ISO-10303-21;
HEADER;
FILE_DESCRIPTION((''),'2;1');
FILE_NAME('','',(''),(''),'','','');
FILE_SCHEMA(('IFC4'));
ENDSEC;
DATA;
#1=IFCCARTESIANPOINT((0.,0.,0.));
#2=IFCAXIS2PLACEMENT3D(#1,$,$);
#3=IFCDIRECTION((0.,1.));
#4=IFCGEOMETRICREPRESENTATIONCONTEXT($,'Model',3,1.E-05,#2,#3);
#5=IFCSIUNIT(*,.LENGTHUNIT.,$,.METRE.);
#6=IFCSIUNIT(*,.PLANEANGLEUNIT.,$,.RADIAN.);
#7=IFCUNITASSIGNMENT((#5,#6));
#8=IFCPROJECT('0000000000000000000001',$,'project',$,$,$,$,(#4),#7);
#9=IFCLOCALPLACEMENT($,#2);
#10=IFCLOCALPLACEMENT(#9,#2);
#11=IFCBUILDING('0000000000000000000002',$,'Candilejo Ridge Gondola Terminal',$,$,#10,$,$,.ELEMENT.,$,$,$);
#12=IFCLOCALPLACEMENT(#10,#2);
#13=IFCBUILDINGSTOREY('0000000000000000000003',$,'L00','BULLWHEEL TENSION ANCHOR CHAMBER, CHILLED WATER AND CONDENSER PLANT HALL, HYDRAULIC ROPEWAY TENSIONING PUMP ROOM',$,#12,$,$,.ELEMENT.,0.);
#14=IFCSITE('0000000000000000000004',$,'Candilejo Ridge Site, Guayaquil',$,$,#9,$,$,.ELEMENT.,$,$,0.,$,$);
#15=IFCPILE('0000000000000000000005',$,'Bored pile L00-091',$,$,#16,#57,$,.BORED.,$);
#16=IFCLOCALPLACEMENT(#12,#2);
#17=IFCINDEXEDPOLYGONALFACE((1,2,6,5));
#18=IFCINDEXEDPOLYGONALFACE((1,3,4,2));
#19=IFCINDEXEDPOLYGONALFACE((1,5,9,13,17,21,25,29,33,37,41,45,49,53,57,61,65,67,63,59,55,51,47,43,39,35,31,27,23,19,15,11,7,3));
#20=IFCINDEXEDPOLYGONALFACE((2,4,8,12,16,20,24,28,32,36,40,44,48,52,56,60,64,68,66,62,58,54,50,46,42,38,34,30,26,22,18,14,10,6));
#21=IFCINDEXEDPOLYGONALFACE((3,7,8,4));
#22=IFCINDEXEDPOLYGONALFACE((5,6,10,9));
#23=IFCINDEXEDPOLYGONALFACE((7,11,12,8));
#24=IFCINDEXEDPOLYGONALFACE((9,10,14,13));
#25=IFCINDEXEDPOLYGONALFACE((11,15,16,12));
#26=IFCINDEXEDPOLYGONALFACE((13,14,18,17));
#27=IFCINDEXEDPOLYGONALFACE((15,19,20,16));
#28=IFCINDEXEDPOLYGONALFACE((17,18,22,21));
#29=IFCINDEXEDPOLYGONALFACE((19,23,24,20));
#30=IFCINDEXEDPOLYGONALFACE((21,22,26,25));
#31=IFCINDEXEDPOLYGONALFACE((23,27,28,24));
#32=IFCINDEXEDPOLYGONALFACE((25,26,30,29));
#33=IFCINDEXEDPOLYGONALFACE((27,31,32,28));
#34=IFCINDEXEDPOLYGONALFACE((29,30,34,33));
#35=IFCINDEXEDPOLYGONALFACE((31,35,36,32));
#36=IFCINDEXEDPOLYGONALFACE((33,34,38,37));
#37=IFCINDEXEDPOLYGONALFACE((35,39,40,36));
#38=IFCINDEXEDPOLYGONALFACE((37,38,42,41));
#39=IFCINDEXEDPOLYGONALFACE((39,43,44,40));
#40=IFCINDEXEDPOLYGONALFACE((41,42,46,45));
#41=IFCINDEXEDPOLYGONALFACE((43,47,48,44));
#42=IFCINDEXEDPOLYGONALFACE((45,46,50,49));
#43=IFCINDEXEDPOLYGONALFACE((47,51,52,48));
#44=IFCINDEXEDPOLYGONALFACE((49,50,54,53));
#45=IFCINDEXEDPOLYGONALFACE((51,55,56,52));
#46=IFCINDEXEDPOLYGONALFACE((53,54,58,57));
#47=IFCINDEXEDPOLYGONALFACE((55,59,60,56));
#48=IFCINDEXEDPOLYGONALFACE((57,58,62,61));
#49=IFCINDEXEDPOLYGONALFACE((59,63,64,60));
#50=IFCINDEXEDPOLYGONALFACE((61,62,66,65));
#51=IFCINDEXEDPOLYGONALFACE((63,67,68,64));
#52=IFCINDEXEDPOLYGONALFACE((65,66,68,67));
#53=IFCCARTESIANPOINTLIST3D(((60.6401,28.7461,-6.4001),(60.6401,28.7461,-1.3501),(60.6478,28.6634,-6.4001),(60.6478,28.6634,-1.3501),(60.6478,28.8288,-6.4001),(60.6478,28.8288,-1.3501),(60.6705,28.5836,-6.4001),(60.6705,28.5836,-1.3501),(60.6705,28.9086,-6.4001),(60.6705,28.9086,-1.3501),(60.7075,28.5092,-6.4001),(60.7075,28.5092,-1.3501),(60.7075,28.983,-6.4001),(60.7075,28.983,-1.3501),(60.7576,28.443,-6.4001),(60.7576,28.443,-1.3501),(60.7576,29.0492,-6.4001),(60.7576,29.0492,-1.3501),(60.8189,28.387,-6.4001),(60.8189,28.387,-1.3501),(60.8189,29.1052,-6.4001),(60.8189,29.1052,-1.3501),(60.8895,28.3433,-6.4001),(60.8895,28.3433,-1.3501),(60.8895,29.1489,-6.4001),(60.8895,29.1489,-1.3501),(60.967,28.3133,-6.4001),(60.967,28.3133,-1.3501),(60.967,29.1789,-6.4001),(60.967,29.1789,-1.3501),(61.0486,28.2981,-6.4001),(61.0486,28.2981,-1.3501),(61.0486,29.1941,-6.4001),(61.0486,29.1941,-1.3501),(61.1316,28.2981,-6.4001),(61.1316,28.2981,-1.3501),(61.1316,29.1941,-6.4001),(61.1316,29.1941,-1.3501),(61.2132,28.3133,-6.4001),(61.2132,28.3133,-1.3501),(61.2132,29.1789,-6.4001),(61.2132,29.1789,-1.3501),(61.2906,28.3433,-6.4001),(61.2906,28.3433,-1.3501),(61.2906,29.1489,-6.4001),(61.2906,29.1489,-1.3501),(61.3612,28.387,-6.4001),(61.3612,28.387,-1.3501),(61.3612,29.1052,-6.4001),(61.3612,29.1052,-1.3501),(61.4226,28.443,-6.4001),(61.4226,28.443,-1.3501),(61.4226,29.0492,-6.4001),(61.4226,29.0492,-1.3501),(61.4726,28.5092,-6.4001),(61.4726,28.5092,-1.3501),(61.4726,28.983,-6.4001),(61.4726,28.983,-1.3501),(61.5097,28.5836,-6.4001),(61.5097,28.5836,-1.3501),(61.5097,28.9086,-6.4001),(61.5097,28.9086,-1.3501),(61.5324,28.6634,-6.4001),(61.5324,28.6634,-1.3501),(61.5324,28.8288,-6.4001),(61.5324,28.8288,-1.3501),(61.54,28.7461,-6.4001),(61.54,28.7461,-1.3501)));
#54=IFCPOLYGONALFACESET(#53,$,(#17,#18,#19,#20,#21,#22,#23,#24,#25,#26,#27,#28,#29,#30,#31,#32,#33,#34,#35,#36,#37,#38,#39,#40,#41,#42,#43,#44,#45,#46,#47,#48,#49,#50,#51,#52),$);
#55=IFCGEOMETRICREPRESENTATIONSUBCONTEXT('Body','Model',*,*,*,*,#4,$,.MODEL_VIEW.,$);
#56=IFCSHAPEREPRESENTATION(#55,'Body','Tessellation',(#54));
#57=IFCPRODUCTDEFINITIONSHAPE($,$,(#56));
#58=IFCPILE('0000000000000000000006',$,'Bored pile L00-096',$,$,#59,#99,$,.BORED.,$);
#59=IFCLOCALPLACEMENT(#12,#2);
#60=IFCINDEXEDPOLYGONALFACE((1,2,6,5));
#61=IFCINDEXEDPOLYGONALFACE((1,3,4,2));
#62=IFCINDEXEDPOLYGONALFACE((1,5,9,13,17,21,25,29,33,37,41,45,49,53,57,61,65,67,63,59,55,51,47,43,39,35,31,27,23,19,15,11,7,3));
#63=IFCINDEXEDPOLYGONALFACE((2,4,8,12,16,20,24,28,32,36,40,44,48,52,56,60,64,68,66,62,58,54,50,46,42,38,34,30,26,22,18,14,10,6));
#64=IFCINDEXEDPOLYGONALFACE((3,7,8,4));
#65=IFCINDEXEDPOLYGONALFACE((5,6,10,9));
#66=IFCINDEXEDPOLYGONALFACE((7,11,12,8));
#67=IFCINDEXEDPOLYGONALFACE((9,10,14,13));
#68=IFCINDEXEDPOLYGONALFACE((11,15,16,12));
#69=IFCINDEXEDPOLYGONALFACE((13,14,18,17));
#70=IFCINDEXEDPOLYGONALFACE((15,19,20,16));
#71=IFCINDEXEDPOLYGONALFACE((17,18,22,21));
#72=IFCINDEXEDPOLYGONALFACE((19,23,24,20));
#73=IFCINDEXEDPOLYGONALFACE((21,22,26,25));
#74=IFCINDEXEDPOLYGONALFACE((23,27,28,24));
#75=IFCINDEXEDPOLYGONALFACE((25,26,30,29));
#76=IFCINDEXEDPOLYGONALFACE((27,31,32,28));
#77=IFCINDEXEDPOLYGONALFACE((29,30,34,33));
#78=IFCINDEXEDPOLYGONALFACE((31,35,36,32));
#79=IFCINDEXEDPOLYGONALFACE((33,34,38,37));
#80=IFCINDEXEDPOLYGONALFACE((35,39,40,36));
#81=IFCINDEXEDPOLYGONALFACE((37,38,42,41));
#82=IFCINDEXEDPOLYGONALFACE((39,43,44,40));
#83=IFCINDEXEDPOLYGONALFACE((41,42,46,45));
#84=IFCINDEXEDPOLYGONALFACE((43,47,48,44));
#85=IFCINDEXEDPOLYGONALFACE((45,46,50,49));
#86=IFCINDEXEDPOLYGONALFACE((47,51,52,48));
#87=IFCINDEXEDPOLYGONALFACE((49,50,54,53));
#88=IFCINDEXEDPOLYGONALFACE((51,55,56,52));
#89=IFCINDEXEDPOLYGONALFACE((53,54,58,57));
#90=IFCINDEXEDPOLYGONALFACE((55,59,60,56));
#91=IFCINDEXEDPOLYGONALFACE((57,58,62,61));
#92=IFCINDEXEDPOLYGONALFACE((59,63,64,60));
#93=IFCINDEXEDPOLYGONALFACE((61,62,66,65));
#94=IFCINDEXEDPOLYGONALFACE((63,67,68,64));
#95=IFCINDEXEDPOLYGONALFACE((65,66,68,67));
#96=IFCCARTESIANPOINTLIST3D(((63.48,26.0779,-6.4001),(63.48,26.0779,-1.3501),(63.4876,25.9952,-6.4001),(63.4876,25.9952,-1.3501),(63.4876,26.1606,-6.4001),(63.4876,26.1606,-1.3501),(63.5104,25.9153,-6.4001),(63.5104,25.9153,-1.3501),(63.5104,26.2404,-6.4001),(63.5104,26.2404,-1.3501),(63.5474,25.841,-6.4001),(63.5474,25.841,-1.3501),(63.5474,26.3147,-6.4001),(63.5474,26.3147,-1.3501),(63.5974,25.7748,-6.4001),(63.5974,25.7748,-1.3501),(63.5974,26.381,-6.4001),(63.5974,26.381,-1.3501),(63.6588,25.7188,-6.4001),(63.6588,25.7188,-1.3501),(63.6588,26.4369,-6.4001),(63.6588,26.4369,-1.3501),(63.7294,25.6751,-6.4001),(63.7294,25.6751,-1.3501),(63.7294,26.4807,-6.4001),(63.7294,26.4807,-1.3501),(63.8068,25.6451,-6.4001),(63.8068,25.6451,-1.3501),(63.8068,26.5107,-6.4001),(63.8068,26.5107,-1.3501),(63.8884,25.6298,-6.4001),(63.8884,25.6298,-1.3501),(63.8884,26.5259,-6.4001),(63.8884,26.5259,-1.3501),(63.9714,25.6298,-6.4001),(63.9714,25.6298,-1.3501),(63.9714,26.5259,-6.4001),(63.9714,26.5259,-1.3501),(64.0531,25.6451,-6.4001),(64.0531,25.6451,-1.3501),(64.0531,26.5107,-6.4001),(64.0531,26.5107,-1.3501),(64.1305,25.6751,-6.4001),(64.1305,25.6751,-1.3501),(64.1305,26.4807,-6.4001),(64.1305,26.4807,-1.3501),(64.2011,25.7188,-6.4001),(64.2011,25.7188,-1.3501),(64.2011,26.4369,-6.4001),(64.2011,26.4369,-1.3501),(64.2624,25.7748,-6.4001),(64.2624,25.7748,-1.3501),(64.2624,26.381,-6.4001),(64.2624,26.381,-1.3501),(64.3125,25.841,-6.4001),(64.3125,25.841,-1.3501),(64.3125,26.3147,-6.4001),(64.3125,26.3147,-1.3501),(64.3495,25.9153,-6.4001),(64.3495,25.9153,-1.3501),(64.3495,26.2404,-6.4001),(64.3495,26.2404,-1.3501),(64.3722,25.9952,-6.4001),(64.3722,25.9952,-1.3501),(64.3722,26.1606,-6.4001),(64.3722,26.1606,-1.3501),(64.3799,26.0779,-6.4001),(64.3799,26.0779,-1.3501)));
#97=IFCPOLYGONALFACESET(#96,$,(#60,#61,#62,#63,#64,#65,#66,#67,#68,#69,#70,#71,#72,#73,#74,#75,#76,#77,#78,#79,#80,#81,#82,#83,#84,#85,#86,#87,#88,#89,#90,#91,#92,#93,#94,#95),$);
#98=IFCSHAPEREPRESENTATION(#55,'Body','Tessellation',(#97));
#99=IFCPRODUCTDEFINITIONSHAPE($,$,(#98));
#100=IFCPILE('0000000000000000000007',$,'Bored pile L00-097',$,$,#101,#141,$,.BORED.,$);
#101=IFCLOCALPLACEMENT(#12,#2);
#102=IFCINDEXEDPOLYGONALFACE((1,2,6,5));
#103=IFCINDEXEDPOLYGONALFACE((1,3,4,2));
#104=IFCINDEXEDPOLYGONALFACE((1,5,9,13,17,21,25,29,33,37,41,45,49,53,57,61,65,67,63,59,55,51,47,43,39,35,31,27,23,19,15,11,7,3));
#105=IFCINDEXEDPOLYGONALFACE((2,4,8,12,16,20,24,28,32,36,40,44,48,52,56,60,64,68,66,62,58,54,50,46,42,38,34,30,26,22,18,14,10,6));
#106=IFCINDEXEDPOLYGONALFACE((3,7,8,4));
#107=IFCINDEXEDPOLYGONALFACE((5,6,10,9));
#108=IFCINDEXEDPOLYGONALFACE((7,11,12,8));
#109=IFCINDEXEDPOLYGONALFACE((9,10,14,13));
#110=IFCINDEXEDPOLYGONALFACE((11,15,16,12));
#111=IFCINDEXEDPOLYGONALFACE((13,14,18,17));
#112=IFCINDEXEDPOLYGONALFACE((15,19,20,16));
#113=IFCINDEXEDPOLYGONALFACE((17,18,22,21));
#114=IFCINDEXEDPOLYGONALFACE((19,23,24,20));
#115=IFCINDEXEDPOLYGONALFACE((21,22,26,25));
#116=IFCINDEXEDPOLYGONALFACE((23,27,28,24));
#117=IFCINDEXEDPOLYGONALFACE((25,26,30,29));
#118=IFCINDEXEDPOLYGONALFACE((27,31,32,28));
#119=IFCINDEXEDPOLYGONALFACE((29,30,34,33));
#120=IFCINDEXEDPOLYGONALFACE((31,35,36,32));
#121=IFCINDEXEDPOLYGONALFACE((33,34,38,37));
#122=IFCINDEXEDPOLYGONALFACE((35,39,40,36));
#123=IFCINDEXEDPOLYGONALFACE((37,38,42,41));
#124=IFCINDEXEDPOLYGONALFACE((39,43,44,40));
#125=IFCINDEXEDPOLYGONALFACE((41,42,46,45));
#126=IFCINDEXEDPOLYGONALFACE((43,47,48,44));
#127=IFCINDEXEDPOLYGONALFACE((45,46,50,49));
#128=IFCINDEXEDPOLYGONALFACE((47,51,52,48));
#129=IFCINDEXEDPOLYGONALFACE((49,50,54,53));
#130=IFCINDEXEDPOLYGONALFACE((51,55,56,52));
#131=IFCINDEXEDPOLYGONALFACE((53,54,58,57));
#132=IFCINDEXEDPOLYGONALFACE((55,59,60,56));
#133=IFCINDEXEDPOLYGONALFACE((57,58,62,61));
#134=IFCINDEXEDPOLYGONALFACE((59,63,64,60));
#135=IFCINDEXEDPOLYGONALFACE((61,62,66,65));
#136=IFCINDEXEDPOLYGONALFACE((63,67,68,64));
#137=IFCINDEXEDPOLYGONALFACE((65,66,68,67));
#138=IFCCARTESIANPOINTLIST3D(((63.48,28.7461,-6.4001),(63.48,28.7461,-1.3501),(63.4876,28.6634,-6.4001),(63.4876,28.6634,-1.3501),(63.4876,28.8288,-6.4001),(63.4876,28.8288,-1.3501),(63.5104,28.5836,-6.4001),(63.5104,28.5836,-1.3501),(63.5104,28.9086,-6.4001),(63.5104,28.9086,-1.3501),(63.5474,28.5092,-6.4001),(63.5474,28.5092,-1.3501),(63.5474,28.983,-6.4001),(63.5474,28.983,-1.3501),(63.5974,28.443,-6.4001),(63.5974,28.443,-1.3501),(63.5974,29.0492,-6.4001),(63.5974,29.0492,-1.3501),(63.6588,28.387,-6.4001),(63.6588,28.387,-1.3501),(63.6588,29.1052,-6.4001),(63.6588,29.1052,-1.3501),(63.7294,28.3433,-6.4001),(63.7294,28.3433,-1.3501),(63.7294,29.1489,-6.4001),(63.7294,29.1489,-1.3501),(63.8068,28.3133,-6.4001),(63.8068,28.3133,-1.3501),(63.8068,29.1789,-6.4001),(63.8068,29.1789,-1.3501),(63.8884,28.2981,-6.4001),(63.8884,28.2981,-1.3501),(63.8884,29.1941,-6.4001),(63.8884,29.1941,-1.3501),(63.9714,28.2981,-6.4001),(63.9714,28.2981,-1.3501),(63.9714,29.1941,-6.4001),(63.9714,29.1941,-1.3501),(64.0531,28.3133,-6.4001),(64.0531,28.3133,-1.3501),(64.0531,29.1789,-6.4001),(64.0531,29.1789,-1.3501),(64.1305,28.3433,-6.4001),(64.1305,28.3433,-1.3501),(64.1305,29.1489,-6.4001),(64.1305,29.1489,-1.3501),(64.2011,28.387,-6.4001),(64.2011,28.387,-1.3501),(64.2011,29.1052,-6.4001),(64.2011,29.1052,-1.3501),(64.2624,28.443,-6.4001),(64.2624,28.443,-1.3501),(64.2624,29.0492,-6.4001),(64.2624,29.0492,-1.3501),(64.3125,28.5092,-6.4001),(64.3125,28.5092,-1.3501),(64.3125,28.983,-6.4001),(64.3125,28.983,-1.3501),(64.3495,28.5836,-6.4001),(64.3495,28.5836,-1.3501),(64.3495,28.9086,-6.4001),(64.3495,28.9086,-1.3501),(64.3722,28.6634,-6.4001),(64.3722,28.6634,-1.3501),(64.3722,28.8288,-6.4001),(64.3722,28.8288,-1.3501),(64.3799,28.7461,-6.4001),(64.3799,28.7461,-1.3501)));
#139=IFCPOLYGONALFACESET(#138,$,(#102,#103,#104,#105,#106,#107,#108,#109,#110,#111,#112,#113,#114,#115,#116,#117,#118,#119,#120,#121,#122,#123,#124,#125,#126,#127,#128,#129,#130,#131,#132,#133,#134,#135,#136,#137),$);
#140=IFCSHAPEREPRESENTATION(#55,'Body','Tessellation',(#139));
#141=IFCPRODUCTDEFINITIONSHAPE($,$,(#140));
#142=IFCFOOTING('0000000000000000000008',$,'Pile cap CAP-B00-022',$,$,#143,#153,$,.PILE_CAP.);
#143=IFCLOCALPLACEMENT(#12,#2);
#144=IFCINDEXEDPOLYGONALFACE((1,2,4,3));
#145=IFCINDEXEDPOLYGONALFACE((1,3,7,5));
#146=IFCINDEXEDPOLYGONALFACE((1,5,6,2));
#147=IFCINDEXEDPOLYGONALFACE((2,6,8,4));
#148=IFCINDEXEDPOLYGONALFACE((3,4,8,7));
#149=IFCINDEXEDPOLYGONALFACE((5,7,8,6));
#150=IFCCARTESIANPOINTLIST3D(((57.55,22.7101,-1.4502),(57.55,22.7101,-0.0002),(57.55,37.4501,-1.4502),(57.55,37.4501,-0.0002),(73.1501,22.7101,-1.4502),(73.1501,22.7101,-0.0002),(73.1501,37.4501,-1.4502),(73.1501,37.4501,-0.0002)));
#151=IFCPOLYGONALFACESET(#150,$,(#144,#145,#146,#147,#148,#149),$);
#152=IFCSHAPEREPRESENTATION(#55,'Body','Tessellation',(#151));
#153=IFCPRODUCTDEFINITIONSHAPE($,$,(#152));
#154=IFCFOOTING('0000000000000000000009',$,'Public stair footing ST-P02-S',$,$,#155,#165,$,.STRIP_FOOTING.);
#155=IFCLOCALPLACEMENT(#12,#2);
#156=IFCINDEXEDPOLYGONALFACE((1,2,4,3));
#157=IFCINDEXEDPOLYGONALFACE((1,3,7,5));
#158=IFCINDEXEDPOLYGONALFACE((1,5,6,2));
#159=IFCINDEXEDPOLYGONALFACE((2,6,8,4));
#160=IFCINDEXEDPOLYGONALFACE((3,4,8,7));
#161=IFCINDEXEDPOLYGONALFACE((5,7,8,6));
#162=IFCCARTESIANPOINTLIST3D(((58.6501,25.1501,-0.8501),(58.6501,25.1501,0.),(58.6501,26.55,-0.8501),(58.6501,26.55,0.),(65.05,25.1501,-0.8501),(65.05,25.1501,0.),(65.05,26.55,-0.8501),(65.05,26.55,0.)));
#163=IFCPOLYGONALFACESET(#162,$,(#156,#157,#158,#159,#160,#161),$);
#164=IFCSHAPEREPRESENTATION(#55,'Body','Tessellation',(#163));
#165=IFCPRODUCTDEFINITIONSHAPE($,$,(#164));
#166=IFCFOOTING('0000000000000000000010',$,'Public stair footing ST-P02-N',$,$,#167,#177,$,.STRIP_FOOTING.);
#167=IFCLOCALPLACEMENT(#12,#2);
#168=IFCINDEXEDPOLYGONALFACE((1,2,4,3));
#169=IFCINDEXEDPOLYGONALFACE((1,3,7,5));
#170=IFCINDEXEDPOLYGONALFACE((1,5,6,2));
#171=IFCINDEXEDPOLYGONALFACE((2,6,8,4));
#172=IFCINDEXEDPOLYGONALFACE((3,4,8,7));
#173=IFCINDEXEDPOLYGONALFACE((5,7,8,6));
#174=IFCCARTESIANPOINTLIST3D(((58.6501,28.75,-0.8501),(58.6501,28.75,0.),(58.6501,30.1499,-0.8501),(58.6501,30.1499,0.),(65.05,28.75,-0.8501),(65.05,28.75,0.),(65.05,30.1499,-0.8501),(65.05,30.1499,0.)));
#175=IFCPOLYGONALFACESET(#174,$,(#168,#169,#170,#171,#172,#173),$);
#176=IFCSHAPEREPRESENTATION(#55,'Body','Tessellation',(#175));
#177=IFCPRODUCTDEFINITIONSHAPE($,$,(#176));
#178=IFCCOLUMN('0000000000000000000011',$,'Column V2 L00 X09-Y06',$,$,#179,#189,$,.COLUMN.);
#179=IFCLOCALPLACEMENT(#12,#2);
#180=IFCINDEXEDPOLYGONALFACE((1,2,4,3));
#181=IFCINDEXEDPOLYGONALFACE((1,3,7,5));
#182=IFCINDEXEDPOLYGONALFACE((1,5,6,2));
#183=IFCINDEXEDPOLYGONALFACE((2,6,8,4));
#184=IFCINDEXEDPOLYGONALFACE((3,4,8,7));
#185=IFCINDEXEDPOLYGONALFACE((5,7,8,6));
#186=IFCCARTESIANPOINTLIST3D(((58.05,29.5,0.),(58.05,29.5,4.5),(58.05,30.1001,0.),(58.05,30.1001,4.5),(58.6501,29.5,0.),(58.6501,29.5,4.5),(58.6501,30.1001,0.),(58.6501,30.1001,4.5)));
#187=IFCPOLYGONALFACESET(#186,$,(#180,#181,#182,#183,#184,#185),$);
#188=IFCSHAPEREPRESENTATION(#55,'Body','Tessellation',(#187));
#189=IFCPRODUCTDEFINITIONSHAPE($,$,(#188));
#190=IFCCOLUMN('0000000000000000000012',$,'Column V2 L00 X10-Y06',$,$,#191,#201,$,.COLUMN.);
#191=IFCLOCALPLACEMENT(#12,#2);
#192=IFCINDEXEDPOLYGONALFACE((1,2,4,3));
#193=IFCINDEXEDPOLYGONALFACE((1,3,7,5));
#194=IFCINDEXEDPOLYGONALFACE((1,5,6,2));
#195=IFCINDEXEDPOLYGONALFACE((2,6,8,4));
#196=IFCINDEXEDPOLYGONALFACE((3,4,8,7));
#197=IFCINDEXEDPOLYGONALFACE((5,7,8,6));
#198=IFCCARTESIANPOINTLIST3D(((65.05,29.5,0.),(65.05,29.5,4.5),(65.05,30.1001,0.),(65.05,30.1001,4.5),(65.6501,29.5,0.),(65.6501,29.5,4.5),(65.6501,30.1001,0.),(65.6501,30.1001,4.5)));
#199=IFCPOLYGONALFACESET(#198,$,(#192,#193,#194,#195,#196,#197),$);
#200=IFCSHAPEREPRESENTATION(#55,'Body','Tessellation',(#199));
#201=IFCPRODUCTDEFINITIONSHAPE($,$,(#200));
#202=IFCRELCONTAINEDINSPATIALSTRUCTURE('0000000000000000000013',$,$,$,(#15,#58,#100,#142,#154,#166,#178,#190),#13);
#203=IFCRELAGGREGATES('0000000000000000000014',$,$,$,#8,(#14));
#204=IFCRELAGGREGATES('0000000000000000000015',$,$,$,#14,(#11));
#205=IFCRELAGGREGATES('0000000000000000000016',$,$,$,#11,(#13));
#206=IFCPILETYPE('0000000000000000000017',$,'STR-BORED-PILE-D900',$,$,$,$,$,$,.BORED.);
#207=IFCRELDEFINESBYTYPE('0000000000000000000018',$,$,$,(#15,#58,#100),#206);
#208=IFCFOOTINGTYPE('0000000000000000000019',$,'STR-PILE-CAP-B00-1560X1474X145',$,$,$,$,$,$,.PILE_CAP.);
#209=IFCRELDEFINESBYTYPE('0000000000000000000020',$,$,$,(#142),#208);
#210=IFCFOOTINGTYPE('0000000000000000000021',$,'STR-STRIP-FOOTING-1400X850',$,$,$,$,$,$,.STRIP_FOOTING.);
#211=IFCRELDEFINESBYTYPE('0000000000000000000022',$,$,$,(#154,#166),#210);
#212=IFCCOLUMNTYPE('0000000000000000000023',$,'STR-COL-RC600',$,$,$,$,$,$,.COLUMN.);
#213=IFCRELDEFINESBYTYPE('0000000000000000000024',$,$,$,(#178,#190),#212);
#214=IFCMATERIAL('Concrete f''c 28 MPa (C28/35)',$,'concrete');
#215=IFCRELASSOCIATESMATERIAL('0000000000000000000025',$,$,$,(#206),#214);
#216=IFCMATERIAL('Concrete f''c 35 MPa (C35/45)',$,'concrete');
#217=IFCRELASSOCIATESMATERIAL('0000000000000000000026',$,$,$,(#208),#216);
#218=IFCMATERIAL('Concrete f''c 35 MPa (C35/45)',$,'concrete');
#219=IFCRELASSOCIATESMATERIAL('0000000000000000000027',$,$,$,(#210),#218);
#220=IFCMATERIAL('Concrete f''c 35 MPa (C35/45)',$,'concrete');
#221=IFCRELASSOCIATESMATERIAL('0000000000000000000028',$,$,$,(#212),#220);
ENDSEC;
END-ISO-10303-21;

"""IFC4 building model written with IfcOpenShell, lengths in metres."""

from ifc_helpers import new_model, si_unit, direction, frame, origin, origin_2d, place, context, subcontext, project, spatial, rectangle, circle, extrude, material, material_profile, profile_set, type_object, element, save


model = new_model("IFC4")

# Units and contexts
model_context = context("Model", 3, precision=1e-05, world=origin(), true_north=direction((0.0, 1.0)))
body_context = subcontext(model_context, "Body", "Model", "MODEL_VIEW")
ifc_project = project(units=[si_unit("LENGTHUNIT", "METRE"), si_unit("PLANEANGLEUNIT", "RADIAN")], contexts=[model_context])

# Site, building, storey
site_placement = place(None, origin())
site = spatial("IfcSite", under=ifc_project, at=site_placement, Name="Candilejo Ridge Site, Guayaquil", CompositionType="ELEMENT", RefElevation=0.0)
building_placement = place(site_placement, origin())
building = spatial("IfcBuilding", under=site, at=building_placement, Name="Candilejo Ridge Gondola Terminal", CompositionType="ELEMENT")
storey_placement = place(building_placement, origin())
storey = spatial("IfcBuildingStorey", under=building, at=storey_placement, Name="L00", Description="BULLWHEEL TENSION ANCHOR CHAMBER, CHILLED WATER AND CONDENSER PLANT HALL, HYDRAULIC ROPEWAY TENSIONING PUMP ROOM", CompositionType="ELEMENT", Elevation=0.0)

# Piles
ifc_material_1 = material(Name="Concrete f'c 28 MPa (C28/35)", Category="concrete")
ifc_material_profile_1 = material_profile(ifc_material_1, circle(Radius=0.45, at=origin_2d()))
ifc_profile_set_1 = profile_set([ifc_material_profile_1], Name="Concrete f'c 28 MPa (C28/35)")
pile_type = type_object("IfcPileType", Name="STR-BORED-PILE-D900", PredefinedType="BORED", material=ifc_profile_set_1)
for number, where, z_axis, x_axis, name in (
    (1, (61.0901, 28.7461, -1.3501), (0.0, 0.0, -1.0), (1.0, 0.0, 0.0), "Bored pile L00-091"),
    (2, (63.9299, 26.0779, -1.3501), (0.0, 0.0, -1.0), (1.0, 0.0, 0.0), "Bored pile L00-096"),
    (3, (63.9299, 28.7461, -1.3501), (0.0, 0.0, -1.0), (1.0, 0.0, 0.0), "Bored pile L00-097"),
):
    element("IfcPile", number, at=place(storey_placement, frame(where, z_axis=z_axis, x_axis=x_axis)), inside=storey, type_object=pile_type, Name=name, PredefinedType="BORED", context=body_context, shape_type="SweptSolid", body=[
        extrude(circle(Radius=0.45, at=origin_2d()), origin(), (0.0, 0.0, 1.0), 5.05),
    ])

# Footings
ifc_material_2 = material(Name="Concrete f'c 35 MPa (C35/45)", Category="concrete")
footing_type_1 = type_object("IfcFootingType", Name="STR-PILE-CAP-B00-1560X1474X145", PredefinedType="PILE_CAP", material=ifc_material_2)
footing_placement = place(storey_placement, frame((65.3501, 30.0801, -1.4502), z_axis=(0.0, 0.0, 1.0), x_axis=(1.0, 0.0, 0.0)))
element("IfcFooting", 4, at=footing_placement, inside=storey, type_object=footing_type_1, Name="Pile cap CAP-B00-022", PredefinedType="PILE_CAP", context=body_context, shape_type="SweptSolid", body=[
    extrude(rectangle(XDim=15.6001, YDim=14.74, at=origin_2d()), origin(), (0.0, 0.0, 1.0), 1.45),
])
ifc_material_3 = material(Name="Concrete f'c 35 MPa (C35/45)", Category="concrete")
footing_type_2 = type_object("IfcFootingType", Name="STR-STRIP-FOOTING-1400X850", PredefinedType="STRIP_FOOTING", material=ifc_material_3)
for number, where, z_axis, x_axis, name in (
    (5, (61.8501, 25.8501, -0.8501), (0.0, 0.0, 1.0), (1.0, 0.0, 0.0), "Public stair footing ST-P02-S"),
    (6, (61.8501, 29.45, -0.8501), (0.0, 0.0, 1.0), (1.0, 0.0, 0.0), "Public stair footing ST-P02-N"),
):
    element("IfcFooting", number, at=place(storey_placement, frame(where, z_axis=z_axis, x_axis=x_axis)), inside=storey, type_object=footing_type_2, Name=name, PredefinedType="STRIP_FOOTING", context=body_context, shape_type="SweptSolid", body=[
        extrude(rectangle(XDim=6.3999, YDim=1.3999, at=origin_2d()), origin(), (0.0, 0.0, 1.0), 0.8501),
    ])

# Columns
ifc_material_4 = material(Name="Concrete f'c 35 MPa (C35/45)", Category="concrete")
ifc_material_profile_2 = material_profile(ifc_material_4, rectangle(XDim=0.6001, YDim=0.6001, at=origin_2d()))
ifc_profile_set_2 = profile_set([ifc_material_profile_2], Name="Concrete f'c 35 MPa (C35/45)")
column_type = type_object("IfcColumnType", Name="STR-COL-RC600", PredefinedType="COLUMN", material=ifc_profile_set_2)
for number, where, z_axis, x_axis, name in (
    (7, (58.3501, 29.8, 0.0), (0.0, 0.0, 1.0), (1.0, 0.0, 0.0), "Column V2 L00 X09-Y06"),
    (8, (65.3501, 29.8, 0.0), (0.0, 0.0, 1.0), (1.0, 0.0, 0.0), "Column V2 L00 X10-Y06"),
):
    element("IfcColumn", number, at=place(storey_placement, frame(where, z_axis=z_axis, x_axis=x_axis)), inside=storey, type_object=column_type, Name=name, PredefinedType="COLUMN", context=body_context, shape_type="SweptSolid", body=[
        extrude(rectangle(XDim=0.6001, YDim=0.6001, at=origin_2d()), origin(), (0.0, 0.0, 1.0), 4.5),
    ])

save(model, "model.ifc")
